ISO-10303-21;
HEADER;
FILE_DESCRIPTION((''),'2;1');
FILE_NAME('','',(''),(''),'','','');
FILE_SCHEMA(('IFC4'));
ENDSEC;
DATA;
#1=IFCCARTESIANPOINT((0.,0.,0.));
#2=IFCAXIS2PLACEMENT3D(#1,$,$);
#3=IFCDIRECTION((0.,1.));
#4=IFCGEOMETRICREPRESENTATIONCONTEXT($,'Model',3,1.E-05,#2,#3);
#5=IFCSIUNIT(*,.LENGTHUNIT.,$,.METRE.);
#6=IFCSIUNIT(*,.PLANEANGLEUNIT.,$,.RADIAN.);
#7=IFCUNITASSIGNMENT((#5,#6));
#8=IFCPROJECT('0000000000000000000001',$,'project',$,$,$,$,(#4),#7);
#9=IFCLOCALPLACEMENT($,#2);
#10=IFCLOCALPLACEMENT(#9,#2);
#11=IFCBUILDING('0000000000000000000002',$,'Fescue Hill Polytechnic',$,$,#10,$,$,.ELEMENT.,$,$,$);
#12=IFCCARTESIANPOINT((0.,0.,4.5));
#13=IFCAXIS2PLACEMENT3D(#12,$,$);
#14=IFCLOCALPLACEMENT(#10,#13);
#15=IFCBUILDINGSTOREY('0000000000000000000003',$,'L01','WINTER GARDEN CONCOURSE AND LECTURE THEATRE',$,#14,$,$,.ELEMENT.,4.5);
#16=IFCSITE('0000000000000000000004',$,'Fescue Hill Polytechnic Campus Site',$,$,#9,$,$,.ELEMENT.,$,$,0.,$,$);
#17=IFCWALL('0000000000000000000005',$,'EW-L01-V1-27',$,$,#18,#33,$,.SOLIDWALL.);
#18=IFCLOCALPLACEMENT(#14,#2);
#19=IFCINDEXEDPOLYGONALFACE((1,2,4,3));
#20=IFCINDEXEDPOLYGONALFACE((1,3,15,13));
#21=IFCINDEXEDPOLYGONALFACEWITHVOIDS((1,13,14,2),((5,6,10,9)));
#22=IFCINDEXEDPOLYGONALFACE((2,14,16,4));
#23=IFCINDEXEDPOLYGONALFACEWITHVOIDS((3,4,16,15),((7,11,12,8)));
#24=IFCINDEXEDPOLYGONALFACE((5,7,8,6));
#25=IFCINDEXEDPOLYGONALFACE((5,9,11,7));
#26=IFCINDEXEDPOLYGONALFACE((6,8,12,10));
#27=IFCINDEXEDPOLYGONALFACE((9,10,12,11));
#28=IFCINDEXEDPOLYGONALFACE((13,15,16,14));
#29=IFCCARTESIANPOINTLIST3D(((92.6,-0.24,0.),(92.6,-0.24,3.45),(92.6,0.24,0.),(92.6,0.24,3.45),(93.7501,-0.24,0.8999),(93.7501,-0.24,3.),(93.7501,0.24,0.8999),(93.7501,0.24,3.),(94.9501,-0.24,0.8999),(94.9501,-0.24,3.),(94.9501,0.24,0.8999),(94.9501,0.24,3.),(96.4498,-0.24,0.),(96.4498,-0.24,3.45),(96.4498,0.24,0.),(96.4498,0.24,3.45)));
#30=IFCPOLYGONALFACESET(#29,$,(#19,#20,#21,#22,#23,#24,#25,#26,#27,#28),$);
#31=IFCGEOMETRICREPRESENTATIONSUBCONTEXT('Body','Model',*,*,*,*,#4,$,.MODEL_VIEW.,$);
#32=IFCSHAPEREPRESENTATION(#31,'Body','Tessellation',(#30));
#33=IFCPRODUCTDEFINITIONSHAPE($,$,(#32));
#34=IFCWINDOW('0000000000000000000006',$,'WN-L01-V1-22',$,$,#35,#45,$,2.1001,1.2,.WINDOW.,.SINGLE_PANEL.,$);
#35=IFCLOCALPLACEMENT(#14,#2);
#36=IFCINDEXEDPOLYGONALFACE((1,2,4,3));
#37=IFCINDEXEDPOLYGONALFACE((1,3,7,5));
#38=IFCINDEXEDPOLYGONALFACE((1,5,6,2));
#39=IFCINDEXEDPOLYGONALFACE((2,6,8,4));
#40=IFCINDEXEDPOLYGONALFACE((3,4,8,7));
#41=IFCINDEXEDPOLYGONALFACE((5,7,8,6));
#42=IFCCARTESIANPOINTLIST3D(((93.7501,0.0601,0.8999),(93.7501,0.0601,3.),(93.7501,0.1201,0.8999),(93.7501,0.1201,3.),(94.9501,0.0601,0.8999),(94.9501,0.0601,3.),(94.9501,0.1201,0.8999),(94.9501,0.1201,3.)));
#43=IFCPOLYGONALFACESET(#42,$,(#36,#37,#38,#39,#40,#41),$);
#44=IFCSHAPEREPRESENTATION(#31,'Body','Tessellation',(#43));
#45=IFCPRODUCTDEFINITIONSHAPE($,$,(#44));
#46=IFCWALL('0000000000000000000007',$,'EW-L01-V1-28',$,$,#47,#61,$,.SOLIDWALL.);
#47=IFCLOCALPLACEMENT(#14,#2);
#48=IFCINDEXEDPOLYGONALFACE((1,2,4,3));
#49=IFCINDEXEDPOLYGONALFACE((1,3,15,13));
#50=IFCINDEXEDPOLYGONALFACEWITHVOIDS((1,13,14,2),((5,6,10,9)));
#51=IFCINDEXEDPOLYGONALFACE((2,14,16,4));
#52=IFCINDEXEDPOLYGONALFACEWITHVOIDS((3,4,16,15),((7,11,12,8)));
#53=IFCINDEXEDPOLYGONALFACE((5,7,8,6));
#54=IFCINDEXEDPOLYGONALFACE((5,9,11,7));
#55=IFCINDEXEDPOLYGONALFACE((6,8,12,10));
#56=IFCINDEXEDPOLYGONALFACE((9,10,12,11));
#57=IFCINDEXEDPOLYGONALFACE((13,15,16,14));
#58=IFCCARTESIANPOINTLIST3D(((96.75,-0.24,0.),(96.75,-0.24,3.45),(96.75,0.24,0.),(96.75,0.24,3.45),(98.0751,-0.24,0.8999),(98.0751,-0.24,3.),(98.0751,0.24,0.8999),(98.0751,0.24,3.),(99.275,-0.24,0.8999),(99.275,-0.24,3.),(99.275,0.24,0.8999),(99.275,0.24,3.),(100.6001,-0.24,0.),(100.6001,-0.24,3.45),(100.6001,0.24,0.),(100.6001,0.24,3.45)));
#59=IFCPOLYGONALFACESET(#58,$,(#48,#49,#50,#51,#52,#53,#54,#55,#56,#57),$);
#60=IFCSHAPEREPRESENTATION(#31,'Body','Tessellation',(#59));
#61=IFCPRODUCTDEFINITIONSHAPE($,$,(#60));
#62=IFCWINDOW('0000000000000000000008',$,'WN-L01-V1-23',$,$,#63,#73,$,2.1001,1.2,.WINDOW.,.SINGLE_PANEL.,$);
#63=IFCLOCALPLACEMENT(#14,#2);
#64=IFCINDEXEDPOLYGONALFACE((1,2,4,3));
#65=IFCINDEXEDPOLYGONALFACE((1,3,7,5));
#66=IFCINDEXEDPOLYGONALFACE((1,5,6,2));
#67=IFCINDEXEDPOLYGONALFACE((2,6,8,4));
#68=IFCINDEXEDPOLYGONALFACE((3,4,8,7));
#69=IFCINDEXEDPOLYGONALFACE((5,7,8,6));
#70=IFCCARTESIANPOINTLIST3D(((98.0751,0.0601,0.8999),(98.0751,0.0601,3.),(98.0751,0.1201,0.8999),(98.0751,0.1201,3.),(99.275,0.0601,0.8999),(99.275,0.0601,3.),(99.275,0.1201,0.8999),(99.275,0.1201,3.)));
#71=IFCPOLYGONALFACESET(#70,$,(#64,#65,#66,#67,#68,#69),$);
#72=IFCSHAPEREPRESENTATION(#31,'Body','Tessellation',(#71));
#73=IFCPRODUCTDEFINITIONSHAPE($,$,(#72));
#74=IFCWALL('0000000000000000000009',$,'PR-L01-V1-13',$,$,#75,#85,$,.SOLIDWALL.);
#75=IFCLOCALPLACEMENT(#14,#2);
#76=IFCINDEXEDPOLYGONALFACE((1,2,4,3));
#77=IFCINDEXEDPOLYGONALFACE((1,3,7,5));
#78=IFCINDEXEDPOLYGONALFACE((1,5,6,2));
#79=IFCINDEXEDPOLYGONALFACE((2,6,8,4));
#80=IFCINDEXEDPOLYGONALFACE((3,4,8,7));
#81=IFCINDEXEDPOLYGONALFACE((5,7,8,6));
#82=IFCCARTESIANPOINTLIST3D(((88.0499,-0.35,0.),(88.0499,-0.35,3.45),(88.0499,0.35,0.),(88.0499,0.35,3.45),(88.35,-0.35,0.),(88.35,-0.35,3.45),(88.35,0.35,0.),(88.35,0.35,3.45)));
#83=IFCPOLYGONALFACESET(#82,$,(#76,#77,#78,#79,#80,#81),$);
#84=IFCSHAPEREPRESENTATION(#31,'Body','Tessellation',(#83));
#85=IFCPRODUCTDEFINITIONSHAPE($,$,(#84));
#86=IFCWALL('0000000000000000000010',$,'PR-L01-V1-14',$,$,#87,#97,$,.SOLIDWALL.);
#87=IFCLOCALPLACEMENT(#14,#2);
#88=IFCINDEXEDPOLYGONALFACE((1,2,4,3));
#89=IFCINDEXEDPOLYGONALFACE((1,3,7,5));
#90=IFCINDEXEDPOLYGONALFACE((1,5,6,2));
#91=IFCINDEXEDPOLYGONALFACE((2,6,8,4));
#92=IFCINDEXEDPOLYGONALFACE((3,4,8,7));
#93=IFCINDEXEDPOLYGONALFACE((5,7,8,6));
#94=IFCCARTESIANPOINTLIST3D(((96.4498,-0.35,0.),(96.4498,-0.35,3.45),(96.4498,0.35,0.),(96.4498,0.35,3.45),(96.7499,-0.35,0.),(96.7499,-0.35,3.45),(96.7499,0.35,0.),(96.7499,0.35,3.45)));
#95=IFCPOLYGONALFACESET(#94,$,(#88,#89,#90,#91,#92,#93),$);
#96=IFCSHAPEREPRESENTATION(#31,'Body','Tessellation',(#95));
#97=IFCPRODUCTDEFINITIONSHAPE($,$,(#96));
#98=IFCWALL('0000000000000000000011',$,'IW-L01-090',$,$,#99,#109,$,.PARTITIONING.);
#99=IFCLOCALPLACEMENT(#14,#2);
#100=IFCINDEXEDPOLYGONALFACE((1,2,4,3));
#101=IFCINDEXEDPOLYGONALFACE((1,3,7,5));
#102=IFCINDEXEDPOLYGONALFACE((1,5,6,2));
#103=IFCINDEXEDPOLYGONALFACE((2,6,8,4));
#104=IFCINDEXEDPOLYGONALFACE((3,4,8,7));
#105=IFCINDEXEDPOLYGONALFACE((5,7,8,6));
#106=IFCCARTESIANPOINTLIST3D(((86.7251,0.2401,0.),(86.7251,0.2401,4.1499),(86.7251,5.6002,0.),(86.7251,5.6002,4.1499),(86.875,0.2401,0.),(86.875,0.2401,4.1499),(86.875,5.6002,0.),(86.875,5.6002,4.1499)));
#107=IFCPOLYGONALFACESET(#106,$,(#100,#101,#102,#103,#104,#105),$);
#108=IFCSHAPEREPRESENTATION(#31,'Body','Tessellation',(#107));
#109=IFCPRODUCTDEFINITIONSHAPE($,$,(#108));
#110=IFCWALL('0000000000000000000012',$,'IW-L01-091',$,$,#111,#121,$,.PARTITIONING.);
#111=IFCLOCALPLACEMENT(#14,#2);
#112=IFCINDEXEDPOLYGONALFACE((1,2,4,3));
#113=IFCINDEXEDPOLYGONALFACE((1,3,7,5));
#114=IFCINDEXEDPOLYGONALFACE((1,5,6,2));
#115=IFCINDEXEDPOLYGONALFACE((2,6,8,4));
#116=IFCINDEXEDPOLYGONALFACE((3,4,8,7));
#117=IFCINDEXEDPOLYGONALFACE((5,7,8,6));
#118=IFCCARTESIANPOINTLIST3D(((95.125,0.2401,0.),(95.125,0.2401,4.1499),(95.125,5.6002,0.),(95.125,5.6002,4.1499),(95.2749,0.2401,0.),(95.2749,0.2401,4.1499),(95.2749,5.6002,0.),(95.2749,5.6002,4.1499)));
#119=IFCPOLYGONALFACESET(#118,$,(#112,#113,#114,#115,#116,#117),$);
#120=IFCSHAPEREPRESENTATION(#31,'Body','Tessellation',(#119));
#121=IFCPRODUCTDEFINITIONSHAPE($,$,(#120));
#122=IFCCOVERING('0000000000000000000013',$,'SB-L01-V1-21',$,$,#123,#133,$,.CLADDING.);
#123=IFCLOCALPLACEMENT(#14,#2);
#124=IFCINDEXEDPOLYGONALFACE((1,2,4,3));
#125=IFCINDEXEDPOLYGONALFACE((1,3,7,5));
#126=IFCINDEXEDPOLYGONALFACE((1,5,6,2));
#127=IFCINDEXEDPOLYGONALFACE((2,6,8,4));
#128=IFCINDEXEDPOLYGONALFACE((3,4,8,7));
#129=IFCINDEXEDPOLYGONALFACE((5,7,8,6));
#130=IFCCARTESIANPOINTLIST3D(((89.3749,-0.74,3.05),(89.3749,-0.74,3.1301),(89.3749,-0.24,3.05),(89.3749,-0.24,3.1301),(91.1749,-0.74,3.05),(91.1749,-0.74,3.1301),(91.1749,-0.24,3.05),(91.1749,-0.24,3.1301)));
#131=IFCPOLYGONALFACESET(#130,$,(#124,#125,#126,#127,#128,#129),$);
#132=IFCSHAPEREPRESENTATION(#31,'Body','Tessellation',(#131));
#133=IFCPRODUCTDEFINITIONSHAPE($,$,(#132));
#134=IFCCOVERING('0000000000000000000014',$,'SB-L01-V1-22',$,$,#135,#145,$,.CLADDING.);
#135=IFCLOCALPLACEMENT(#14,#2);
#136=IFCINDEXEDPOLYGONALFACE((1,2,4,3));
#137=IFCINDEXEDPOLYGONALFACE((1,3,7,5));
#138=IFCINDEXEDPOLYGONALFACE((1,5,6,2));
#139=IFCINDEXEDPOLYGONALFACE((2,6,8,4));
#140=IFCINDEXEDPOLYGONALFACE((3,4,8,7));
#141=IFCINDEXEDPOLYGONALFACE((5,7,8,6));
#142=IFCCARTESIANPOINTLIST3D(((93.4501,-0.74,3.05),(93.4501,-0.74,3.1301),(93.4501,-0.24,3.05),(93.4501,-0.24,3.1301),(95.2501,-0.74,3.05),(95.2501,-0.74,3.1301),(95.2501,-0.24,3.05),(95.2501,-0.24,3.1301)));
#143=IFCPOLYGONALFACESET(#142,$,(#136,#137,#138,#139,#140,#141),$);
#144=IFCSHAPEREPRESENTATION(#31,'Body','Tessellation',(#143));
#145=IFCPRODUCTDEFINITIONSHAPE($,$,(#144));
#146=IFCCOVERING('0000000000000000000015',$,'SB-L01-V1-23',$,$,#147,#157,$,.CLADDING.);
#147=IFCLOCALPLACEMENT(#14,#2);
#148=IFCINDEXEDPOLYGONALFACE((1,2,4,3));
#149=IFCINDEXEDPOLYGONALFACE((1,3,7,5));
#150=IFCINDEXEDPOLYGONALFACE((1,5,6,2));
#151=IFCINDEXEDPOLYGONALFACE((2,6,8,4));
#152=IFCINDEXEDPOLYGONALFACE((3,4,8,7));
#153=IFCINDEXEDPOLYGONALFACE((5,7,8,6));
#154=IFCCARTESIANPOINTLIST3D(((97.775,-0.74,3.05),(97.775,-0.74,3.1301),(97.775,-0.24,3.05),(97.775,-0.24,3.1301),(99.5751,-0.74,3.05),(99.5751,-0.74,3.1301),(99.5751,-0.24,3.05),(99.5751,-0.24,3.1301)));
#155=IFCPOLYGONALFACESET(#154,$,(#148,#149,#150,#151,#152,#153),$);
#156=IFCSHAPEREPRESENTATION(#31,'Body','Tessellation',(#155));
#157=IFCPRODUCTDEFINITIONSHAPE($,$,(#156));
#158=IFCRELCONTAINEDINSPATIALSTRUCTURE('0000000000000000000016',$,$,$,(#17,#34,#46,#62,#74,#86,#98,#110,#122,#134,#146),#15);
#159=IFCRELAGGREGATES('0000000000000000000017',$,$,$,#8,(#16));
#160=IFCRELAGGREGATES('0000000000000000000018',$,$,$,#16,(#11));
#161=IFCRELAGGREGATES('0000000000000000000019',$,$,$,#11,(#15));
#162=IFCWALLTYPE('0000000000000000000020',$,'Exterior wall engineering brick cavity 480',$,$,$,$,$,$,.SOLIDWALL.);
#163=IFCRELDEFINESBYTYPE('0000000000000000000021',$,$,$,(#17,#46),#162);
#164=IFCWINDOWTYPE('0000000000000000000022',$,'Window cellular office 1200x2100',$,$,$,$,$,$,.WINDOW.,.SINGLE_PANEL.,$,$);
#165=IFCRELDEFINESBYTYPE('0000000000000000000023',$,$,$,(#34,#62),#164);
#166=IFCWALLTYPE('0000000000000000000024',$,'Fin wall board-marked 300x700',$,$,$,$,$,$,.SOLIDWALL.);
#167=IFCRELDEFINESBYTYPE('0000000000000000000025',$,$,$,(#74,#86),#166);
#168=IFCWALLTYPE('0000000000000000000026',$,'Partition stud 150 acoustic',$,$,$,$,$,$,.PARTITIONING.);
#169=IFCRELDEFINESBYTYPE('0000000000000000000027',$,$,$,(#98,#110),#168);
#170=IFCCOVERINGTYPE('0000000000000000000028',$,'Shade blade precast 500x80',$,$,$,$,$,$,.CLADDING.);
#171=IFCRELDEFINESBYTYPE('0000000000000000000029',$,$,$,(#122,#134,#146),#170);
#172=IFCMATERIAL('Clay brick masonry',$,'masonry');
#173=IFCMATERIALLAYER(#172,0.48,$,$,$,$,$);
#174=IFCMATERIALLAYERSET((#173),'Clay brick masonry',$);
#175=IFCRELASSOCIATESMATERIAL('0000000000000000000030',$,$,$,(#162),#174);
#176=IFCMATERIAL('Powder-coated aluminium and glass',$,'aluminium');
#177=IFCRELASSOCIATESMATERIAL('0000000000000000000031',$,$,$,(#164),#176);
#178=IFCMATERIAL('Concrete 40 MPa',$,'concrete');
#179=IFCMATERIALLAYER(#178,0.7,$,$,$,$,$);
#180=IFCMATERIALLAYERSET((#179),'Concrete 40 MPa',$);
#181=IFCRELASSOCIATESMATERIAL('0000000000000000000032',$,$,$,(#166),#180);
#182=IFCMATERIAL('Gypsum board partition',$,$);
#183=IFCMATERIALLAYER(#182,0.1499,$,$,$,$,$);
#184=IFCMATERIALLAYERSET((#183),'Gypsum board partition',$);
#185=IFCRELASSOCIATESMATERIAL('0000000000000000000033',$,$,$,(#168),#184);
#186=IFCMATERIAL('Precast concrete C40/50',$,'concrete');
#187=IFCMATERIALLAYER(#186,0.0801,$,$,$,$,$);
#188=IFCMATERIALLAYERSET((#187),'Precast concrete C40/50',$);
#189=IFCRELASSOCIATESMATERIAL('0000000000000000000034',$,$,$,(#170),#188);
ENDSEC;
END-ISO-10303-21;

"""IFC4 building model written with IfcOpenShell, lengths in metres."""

from ifc_helpers import new_model, si_unit, direction, frame, frame_2d, origin, origin_2d, place, context, subcontext, project, spatial, rectangle, extrude, material, layer, layer_set, type_object, element, fill, save


model = new_model("IFC4")

# Units and contexts
model_context = context("Model", 3, precision=1e-05, world=origin(), true_north=direction((0.0, 1.0)))
body_context = subcontext(model_context, "Body", "Model", "MODEL_VIEW")
ifc_project = project(units=[si_unit("LENGTHUNIT", "METRE"), si_unit("PLANEANGLEUNIT", "RADIAN")], contexts=[model_context])

# Site, building, storey
site_placement = place(None, origin())
site = spatial("IfcSite", under=ifc_project, at=site_placement, Name="Fescue Hill Polytechnic Campus Site", CompositionType="ELEMENT", RefElevation=0.0)
building_placement = place(site_placement, origin())
building = spatial("IfcBuilding", under=site, at=building_placement, Name="Fescue Hill Polytechnic", CompositionType="ELEMENT")
storey_placement = place(building_placement, frame((0.0, 0.0, 4.5)))
storey = spatial("IfcBuildingStorey", under=building, at=storey_placement, Name="L01", Description="WINTER GARDEN CONCOURSE AND LECTURE THEATRE", CompositionType="ELEMENT", Elevation=4.5)

# Shared definitions
ifc_material_1 = material(Name="Concrete 40 MPa", Category="concrete")

# Shared definitions
ifc_material_2 = material(Name="Gypsum board partition")

# Walls, openings, windows
ifc_material_3 = material(Name="Clay brick masonry", Category="masonry")
ifc_layer_1 = layer(ifc_material_3, 0.48)
ifc_layer_set_1 = layer_set([ifc_layer_1], Name="Clay brick masonry")
wall_type_1 = type_object("IfcWallType", Name="Exterior wall engineering brick cavity 480", PredefinedType="SOLIDWALL", material=ifc_layer_set_1)
ifc_material_4 = material(Name="Powder-coated aluminium and glass", Category="aluminium")
window_type = type_object("IfcWindowType", Name="Window cellular office 1200x2100", PartitioningType="SINGLE_PANEL", PredefinedType="WINDOW", material=ifc_material_4)
wall_1_placement = place(storey_placement, frame((92.6001, 0.0, 0.0), z_axis=(0.0, 0.0, 1.0), x_axis=(1.0, 0.0, 0.0)))
wall_1 = element("IfcWall", 1, at=wall_1_placement, inside=storey, type_object=wall_type_1, Name="EW-L01-V1-27", PredefinedType="SOLIDWALL", context=body_context, shape_type="SweptSolid", body=[
    extrude(rectangle(XDim=3.8499, YDim=0.48, at=frame_2d((1.9248, 0.0))), origin(), (0.0, 0.0, 1.0), 3.45),
])
opening_1_placement = place(wall_1_placement, frame((1.1499, 0.0, 0.8999)))
opening_1 = element("IfcOpeningElement", 2, at=opening_1_placement, cuts=wall_1, PredefinedType="OPENING", context=body_context, shape_type="SweptSolid", body=[
    extrude(rectangle(XDim=1.2, YDim=2.1001, at=frame_2d((0.6001, 1.05))), frame((0.0, 0.25, 0.0), z_axis=(0.0, -1.0, 0.0), x_axis=(1.0, 0.0, 0.0)), (0.0, 0.0, 1.0), 0.5),
])
window_1_placement = place(opening_1_placement, origin())
window_1 = element("IfcWindow", 3, at=window_1_placement, inside=storey, type_object=window_type, Name="WN-L01-V1-22", OverallHeight=2.1001, OverallWidth=1.2, PartitioningType="SINGLE_PANEL", PredefinedType="WINDOW", context=body_context, shape_type="SweptSolid", body=[
    extrude(rectangle(XDim=1.2, YDim=2.1001, at=frame_2d((0.6001, 1.05))), frame((0.0, 0.1201, 0.0), z_axis=(0.0, -1.0, 0.0), x_axis=(1.0, 0.0, 0.0)), (0.0, 0.0, 1.0), 0.0601),
])
fill(opening_1, window_1)
wall_2_placement = place(storey_placement, frame((96.75, 0.0, 0.0), z_axis=(0.0, 0.0, 1.0), x_axis=(1.0, 0.0, 0.0)))
wall_2 = element("IfcWall", 4, at=wall_2_placement, inside=storey, type_object=wall_type_1, Name="EW-L01-V1-28", PredefinedType="SOLIDWALL", context=body_context, shape_type="SweptSolid", body=[
    extrude(rectangle(XDim=3.8501, YDim=0.48, at=frame_2d((1.925, 0.0))), origin(), (0.0, 0.0, 1.0), 3.45),
])
opening_2_placement = place(wall_2_placement, frame((1.325, 0.0, 0.8999)))
opening_2 = element("IfcOpeningElement", 5, at=opening_2_placement, cuts=wall_2, PredefinedType="OPENING", context=body_context, shape_type="SweptSolid", body=[
    extrude(rectangle(XDim=1.2, YDim=2.1001, at=frame_2d((0.6001, 1.05))), frame((0.0, 0.25, 0.0), z_axis=(0.0, -1.0, 0.0), x_axis=(1.0, 0.0, 0.0)), (0.0, 0.0, 1.0), 0.5),
])
window_2_placement = place(opening_2_placement, origin())
window_2 = element("IfcWindow", 6, at=window_2_placement, inside=storey, type_object=window_type, Name="WN-L01-V1-23", OverallHeight=2.1001, OverallWidth=1.2, PartitioningType="SINGLE_PANEL", PredefinedType="WINDOW", context=body_context, shape_type="SweptSolid", body=[
    extrude(rectangle(XDim=1.2, YDim=2.1001, at=frame_2d((0.6001, 1.05))), frame((0.0, 0.1201, 0.0), z_axis=(0.0, -1.0, 0.0), x_axis=(1.0, 0.0, 0.0)), (0.0, 0.0, 1.0), 0.0601),
])
fill(opening_2, window_2)

# Walls
ifc_layer_2 = layer(ifc_material_1, 0.7)
ifc_layer_set_2 = layer_set([ifc_layer_2], Name="Concrete 40 MPa")
wall_type_2 = type_object("IfcWallType", Name="Fin wall board-marked 300x700", PredefinedType="SOLIDWALL", material=ifc_layer_set_2)
for number, where, z_axis, x_axis, name in (
    (7, (88.05, 0.0, 0.0), (0.0, 0.0, 1.0), (1.0, 0.0, 0.0), "PR-L01-V1-13"),
    (8, (96.45, 0.0, 0.0), (0.0, 0.0, 1.0), (1.0, 0.0, 0.0), "PR-L01-V1-14"),
):
    element("IfcWall", number, at=place(storey_placement, frame(where, z_axis=z_axis, x_axis=x_axis)), inside=storey, type_object=wall_type_2, Name=name, PredefinedType="SOLIDWALL", context=body_context, shape_type="SweptSolid", body=[
        extrude(rectangle(XDim=0.3, YDim=0.7, at=frame_2d((0.1499, 0.0))), origin(), (0.0, 0.0, 1.0), 3.45),
    ])
ifc_layer_3 = layer(ifc_material_2, 0.1499)
ifc_layer_set_3 = layer_set([ifc_layer_3], Name="Gypsum board partition")
wall_type_3 = type_object("IfcWallType", Name="Partition stud 150 acoustic", PredefinedType="PARTITIONING", material=ifc_layer_set_3)
for number, where, z_axis, x_axis, name in (
    (9, (86.8, 0.24, 0.0), (0.0, 0.0, 1.0), (0.0, 1.0, 0.0), "IW-L01-090"),
    (10, (95.2, 0.24, 0.0), (0.0, 0.0, 1.0), (0.0, 1.0, 0.0), "IW-L01-091"),
):
    element("IfcWall", number, at=place(storey_placement, frame(where, z_axis=z_axis, x_axis=x_axis)), inside=storey, type_object=wall_type_3, Name=name, PredefinedType="PARTITIONING", context=body_context, shape_type="SweptSolid", body=[
        extrude(rectangle(XDim=5.3601, YDim=0.1499, at=frame_2d((2.6802, 0.0))), origin(), (0.0, 0.0, 1.0), 4.1499),
    ])

# Coverings
ifc_material_5 = material(Name="Precast concrete C40/50", Category="concrete")
ifc_layer_4 = layer(ifc_material_5, 0.0801)
ifc_layer_set_4 = layer_set([ifc_layer_4], Name="Precast concrete C40/50")
covering_type = type_object("IfcCoveringType", Name="Shade blade precast 500x80", PredefinedType="CLADDING", material=ifc_layer_set_4)
for number, where, z_axis, x_axis, name in (
    (11, (90.2749, -0.49, 3.05), (0.0, 0.0, 1.0), (1.0, 0.0, 0.0), "SB-L01-V1-21"),
    (12, (94.3501, -0.49, 3.05), (0.0, 0.0, 1.0), (1.0, 0.0, 0.0), "SB-L01-V1-22"),
    (13, (98.675, -0.49, 3.05), (0.0, 0.0, 1.0), (1.0, 0.0, 0.0), "SB-L01-V1-23"),
):
    element("IfcCovering", number, at=place(storey_placement, frame(where, z_axis=z_axis, x_axis=x_axis)), inside=storey, type_object=covering_type, Name=name, PredefinedType="CLADDING", context=body_context, shape_type="SweptSolid", body=[
        extrude(rectangle(XDim=1.8, YDim=0.5, at=origin_2d()), origin(), (0.0, 0.0, 1.0), 0.0801),
    ])

save(model, "model.ifc")
